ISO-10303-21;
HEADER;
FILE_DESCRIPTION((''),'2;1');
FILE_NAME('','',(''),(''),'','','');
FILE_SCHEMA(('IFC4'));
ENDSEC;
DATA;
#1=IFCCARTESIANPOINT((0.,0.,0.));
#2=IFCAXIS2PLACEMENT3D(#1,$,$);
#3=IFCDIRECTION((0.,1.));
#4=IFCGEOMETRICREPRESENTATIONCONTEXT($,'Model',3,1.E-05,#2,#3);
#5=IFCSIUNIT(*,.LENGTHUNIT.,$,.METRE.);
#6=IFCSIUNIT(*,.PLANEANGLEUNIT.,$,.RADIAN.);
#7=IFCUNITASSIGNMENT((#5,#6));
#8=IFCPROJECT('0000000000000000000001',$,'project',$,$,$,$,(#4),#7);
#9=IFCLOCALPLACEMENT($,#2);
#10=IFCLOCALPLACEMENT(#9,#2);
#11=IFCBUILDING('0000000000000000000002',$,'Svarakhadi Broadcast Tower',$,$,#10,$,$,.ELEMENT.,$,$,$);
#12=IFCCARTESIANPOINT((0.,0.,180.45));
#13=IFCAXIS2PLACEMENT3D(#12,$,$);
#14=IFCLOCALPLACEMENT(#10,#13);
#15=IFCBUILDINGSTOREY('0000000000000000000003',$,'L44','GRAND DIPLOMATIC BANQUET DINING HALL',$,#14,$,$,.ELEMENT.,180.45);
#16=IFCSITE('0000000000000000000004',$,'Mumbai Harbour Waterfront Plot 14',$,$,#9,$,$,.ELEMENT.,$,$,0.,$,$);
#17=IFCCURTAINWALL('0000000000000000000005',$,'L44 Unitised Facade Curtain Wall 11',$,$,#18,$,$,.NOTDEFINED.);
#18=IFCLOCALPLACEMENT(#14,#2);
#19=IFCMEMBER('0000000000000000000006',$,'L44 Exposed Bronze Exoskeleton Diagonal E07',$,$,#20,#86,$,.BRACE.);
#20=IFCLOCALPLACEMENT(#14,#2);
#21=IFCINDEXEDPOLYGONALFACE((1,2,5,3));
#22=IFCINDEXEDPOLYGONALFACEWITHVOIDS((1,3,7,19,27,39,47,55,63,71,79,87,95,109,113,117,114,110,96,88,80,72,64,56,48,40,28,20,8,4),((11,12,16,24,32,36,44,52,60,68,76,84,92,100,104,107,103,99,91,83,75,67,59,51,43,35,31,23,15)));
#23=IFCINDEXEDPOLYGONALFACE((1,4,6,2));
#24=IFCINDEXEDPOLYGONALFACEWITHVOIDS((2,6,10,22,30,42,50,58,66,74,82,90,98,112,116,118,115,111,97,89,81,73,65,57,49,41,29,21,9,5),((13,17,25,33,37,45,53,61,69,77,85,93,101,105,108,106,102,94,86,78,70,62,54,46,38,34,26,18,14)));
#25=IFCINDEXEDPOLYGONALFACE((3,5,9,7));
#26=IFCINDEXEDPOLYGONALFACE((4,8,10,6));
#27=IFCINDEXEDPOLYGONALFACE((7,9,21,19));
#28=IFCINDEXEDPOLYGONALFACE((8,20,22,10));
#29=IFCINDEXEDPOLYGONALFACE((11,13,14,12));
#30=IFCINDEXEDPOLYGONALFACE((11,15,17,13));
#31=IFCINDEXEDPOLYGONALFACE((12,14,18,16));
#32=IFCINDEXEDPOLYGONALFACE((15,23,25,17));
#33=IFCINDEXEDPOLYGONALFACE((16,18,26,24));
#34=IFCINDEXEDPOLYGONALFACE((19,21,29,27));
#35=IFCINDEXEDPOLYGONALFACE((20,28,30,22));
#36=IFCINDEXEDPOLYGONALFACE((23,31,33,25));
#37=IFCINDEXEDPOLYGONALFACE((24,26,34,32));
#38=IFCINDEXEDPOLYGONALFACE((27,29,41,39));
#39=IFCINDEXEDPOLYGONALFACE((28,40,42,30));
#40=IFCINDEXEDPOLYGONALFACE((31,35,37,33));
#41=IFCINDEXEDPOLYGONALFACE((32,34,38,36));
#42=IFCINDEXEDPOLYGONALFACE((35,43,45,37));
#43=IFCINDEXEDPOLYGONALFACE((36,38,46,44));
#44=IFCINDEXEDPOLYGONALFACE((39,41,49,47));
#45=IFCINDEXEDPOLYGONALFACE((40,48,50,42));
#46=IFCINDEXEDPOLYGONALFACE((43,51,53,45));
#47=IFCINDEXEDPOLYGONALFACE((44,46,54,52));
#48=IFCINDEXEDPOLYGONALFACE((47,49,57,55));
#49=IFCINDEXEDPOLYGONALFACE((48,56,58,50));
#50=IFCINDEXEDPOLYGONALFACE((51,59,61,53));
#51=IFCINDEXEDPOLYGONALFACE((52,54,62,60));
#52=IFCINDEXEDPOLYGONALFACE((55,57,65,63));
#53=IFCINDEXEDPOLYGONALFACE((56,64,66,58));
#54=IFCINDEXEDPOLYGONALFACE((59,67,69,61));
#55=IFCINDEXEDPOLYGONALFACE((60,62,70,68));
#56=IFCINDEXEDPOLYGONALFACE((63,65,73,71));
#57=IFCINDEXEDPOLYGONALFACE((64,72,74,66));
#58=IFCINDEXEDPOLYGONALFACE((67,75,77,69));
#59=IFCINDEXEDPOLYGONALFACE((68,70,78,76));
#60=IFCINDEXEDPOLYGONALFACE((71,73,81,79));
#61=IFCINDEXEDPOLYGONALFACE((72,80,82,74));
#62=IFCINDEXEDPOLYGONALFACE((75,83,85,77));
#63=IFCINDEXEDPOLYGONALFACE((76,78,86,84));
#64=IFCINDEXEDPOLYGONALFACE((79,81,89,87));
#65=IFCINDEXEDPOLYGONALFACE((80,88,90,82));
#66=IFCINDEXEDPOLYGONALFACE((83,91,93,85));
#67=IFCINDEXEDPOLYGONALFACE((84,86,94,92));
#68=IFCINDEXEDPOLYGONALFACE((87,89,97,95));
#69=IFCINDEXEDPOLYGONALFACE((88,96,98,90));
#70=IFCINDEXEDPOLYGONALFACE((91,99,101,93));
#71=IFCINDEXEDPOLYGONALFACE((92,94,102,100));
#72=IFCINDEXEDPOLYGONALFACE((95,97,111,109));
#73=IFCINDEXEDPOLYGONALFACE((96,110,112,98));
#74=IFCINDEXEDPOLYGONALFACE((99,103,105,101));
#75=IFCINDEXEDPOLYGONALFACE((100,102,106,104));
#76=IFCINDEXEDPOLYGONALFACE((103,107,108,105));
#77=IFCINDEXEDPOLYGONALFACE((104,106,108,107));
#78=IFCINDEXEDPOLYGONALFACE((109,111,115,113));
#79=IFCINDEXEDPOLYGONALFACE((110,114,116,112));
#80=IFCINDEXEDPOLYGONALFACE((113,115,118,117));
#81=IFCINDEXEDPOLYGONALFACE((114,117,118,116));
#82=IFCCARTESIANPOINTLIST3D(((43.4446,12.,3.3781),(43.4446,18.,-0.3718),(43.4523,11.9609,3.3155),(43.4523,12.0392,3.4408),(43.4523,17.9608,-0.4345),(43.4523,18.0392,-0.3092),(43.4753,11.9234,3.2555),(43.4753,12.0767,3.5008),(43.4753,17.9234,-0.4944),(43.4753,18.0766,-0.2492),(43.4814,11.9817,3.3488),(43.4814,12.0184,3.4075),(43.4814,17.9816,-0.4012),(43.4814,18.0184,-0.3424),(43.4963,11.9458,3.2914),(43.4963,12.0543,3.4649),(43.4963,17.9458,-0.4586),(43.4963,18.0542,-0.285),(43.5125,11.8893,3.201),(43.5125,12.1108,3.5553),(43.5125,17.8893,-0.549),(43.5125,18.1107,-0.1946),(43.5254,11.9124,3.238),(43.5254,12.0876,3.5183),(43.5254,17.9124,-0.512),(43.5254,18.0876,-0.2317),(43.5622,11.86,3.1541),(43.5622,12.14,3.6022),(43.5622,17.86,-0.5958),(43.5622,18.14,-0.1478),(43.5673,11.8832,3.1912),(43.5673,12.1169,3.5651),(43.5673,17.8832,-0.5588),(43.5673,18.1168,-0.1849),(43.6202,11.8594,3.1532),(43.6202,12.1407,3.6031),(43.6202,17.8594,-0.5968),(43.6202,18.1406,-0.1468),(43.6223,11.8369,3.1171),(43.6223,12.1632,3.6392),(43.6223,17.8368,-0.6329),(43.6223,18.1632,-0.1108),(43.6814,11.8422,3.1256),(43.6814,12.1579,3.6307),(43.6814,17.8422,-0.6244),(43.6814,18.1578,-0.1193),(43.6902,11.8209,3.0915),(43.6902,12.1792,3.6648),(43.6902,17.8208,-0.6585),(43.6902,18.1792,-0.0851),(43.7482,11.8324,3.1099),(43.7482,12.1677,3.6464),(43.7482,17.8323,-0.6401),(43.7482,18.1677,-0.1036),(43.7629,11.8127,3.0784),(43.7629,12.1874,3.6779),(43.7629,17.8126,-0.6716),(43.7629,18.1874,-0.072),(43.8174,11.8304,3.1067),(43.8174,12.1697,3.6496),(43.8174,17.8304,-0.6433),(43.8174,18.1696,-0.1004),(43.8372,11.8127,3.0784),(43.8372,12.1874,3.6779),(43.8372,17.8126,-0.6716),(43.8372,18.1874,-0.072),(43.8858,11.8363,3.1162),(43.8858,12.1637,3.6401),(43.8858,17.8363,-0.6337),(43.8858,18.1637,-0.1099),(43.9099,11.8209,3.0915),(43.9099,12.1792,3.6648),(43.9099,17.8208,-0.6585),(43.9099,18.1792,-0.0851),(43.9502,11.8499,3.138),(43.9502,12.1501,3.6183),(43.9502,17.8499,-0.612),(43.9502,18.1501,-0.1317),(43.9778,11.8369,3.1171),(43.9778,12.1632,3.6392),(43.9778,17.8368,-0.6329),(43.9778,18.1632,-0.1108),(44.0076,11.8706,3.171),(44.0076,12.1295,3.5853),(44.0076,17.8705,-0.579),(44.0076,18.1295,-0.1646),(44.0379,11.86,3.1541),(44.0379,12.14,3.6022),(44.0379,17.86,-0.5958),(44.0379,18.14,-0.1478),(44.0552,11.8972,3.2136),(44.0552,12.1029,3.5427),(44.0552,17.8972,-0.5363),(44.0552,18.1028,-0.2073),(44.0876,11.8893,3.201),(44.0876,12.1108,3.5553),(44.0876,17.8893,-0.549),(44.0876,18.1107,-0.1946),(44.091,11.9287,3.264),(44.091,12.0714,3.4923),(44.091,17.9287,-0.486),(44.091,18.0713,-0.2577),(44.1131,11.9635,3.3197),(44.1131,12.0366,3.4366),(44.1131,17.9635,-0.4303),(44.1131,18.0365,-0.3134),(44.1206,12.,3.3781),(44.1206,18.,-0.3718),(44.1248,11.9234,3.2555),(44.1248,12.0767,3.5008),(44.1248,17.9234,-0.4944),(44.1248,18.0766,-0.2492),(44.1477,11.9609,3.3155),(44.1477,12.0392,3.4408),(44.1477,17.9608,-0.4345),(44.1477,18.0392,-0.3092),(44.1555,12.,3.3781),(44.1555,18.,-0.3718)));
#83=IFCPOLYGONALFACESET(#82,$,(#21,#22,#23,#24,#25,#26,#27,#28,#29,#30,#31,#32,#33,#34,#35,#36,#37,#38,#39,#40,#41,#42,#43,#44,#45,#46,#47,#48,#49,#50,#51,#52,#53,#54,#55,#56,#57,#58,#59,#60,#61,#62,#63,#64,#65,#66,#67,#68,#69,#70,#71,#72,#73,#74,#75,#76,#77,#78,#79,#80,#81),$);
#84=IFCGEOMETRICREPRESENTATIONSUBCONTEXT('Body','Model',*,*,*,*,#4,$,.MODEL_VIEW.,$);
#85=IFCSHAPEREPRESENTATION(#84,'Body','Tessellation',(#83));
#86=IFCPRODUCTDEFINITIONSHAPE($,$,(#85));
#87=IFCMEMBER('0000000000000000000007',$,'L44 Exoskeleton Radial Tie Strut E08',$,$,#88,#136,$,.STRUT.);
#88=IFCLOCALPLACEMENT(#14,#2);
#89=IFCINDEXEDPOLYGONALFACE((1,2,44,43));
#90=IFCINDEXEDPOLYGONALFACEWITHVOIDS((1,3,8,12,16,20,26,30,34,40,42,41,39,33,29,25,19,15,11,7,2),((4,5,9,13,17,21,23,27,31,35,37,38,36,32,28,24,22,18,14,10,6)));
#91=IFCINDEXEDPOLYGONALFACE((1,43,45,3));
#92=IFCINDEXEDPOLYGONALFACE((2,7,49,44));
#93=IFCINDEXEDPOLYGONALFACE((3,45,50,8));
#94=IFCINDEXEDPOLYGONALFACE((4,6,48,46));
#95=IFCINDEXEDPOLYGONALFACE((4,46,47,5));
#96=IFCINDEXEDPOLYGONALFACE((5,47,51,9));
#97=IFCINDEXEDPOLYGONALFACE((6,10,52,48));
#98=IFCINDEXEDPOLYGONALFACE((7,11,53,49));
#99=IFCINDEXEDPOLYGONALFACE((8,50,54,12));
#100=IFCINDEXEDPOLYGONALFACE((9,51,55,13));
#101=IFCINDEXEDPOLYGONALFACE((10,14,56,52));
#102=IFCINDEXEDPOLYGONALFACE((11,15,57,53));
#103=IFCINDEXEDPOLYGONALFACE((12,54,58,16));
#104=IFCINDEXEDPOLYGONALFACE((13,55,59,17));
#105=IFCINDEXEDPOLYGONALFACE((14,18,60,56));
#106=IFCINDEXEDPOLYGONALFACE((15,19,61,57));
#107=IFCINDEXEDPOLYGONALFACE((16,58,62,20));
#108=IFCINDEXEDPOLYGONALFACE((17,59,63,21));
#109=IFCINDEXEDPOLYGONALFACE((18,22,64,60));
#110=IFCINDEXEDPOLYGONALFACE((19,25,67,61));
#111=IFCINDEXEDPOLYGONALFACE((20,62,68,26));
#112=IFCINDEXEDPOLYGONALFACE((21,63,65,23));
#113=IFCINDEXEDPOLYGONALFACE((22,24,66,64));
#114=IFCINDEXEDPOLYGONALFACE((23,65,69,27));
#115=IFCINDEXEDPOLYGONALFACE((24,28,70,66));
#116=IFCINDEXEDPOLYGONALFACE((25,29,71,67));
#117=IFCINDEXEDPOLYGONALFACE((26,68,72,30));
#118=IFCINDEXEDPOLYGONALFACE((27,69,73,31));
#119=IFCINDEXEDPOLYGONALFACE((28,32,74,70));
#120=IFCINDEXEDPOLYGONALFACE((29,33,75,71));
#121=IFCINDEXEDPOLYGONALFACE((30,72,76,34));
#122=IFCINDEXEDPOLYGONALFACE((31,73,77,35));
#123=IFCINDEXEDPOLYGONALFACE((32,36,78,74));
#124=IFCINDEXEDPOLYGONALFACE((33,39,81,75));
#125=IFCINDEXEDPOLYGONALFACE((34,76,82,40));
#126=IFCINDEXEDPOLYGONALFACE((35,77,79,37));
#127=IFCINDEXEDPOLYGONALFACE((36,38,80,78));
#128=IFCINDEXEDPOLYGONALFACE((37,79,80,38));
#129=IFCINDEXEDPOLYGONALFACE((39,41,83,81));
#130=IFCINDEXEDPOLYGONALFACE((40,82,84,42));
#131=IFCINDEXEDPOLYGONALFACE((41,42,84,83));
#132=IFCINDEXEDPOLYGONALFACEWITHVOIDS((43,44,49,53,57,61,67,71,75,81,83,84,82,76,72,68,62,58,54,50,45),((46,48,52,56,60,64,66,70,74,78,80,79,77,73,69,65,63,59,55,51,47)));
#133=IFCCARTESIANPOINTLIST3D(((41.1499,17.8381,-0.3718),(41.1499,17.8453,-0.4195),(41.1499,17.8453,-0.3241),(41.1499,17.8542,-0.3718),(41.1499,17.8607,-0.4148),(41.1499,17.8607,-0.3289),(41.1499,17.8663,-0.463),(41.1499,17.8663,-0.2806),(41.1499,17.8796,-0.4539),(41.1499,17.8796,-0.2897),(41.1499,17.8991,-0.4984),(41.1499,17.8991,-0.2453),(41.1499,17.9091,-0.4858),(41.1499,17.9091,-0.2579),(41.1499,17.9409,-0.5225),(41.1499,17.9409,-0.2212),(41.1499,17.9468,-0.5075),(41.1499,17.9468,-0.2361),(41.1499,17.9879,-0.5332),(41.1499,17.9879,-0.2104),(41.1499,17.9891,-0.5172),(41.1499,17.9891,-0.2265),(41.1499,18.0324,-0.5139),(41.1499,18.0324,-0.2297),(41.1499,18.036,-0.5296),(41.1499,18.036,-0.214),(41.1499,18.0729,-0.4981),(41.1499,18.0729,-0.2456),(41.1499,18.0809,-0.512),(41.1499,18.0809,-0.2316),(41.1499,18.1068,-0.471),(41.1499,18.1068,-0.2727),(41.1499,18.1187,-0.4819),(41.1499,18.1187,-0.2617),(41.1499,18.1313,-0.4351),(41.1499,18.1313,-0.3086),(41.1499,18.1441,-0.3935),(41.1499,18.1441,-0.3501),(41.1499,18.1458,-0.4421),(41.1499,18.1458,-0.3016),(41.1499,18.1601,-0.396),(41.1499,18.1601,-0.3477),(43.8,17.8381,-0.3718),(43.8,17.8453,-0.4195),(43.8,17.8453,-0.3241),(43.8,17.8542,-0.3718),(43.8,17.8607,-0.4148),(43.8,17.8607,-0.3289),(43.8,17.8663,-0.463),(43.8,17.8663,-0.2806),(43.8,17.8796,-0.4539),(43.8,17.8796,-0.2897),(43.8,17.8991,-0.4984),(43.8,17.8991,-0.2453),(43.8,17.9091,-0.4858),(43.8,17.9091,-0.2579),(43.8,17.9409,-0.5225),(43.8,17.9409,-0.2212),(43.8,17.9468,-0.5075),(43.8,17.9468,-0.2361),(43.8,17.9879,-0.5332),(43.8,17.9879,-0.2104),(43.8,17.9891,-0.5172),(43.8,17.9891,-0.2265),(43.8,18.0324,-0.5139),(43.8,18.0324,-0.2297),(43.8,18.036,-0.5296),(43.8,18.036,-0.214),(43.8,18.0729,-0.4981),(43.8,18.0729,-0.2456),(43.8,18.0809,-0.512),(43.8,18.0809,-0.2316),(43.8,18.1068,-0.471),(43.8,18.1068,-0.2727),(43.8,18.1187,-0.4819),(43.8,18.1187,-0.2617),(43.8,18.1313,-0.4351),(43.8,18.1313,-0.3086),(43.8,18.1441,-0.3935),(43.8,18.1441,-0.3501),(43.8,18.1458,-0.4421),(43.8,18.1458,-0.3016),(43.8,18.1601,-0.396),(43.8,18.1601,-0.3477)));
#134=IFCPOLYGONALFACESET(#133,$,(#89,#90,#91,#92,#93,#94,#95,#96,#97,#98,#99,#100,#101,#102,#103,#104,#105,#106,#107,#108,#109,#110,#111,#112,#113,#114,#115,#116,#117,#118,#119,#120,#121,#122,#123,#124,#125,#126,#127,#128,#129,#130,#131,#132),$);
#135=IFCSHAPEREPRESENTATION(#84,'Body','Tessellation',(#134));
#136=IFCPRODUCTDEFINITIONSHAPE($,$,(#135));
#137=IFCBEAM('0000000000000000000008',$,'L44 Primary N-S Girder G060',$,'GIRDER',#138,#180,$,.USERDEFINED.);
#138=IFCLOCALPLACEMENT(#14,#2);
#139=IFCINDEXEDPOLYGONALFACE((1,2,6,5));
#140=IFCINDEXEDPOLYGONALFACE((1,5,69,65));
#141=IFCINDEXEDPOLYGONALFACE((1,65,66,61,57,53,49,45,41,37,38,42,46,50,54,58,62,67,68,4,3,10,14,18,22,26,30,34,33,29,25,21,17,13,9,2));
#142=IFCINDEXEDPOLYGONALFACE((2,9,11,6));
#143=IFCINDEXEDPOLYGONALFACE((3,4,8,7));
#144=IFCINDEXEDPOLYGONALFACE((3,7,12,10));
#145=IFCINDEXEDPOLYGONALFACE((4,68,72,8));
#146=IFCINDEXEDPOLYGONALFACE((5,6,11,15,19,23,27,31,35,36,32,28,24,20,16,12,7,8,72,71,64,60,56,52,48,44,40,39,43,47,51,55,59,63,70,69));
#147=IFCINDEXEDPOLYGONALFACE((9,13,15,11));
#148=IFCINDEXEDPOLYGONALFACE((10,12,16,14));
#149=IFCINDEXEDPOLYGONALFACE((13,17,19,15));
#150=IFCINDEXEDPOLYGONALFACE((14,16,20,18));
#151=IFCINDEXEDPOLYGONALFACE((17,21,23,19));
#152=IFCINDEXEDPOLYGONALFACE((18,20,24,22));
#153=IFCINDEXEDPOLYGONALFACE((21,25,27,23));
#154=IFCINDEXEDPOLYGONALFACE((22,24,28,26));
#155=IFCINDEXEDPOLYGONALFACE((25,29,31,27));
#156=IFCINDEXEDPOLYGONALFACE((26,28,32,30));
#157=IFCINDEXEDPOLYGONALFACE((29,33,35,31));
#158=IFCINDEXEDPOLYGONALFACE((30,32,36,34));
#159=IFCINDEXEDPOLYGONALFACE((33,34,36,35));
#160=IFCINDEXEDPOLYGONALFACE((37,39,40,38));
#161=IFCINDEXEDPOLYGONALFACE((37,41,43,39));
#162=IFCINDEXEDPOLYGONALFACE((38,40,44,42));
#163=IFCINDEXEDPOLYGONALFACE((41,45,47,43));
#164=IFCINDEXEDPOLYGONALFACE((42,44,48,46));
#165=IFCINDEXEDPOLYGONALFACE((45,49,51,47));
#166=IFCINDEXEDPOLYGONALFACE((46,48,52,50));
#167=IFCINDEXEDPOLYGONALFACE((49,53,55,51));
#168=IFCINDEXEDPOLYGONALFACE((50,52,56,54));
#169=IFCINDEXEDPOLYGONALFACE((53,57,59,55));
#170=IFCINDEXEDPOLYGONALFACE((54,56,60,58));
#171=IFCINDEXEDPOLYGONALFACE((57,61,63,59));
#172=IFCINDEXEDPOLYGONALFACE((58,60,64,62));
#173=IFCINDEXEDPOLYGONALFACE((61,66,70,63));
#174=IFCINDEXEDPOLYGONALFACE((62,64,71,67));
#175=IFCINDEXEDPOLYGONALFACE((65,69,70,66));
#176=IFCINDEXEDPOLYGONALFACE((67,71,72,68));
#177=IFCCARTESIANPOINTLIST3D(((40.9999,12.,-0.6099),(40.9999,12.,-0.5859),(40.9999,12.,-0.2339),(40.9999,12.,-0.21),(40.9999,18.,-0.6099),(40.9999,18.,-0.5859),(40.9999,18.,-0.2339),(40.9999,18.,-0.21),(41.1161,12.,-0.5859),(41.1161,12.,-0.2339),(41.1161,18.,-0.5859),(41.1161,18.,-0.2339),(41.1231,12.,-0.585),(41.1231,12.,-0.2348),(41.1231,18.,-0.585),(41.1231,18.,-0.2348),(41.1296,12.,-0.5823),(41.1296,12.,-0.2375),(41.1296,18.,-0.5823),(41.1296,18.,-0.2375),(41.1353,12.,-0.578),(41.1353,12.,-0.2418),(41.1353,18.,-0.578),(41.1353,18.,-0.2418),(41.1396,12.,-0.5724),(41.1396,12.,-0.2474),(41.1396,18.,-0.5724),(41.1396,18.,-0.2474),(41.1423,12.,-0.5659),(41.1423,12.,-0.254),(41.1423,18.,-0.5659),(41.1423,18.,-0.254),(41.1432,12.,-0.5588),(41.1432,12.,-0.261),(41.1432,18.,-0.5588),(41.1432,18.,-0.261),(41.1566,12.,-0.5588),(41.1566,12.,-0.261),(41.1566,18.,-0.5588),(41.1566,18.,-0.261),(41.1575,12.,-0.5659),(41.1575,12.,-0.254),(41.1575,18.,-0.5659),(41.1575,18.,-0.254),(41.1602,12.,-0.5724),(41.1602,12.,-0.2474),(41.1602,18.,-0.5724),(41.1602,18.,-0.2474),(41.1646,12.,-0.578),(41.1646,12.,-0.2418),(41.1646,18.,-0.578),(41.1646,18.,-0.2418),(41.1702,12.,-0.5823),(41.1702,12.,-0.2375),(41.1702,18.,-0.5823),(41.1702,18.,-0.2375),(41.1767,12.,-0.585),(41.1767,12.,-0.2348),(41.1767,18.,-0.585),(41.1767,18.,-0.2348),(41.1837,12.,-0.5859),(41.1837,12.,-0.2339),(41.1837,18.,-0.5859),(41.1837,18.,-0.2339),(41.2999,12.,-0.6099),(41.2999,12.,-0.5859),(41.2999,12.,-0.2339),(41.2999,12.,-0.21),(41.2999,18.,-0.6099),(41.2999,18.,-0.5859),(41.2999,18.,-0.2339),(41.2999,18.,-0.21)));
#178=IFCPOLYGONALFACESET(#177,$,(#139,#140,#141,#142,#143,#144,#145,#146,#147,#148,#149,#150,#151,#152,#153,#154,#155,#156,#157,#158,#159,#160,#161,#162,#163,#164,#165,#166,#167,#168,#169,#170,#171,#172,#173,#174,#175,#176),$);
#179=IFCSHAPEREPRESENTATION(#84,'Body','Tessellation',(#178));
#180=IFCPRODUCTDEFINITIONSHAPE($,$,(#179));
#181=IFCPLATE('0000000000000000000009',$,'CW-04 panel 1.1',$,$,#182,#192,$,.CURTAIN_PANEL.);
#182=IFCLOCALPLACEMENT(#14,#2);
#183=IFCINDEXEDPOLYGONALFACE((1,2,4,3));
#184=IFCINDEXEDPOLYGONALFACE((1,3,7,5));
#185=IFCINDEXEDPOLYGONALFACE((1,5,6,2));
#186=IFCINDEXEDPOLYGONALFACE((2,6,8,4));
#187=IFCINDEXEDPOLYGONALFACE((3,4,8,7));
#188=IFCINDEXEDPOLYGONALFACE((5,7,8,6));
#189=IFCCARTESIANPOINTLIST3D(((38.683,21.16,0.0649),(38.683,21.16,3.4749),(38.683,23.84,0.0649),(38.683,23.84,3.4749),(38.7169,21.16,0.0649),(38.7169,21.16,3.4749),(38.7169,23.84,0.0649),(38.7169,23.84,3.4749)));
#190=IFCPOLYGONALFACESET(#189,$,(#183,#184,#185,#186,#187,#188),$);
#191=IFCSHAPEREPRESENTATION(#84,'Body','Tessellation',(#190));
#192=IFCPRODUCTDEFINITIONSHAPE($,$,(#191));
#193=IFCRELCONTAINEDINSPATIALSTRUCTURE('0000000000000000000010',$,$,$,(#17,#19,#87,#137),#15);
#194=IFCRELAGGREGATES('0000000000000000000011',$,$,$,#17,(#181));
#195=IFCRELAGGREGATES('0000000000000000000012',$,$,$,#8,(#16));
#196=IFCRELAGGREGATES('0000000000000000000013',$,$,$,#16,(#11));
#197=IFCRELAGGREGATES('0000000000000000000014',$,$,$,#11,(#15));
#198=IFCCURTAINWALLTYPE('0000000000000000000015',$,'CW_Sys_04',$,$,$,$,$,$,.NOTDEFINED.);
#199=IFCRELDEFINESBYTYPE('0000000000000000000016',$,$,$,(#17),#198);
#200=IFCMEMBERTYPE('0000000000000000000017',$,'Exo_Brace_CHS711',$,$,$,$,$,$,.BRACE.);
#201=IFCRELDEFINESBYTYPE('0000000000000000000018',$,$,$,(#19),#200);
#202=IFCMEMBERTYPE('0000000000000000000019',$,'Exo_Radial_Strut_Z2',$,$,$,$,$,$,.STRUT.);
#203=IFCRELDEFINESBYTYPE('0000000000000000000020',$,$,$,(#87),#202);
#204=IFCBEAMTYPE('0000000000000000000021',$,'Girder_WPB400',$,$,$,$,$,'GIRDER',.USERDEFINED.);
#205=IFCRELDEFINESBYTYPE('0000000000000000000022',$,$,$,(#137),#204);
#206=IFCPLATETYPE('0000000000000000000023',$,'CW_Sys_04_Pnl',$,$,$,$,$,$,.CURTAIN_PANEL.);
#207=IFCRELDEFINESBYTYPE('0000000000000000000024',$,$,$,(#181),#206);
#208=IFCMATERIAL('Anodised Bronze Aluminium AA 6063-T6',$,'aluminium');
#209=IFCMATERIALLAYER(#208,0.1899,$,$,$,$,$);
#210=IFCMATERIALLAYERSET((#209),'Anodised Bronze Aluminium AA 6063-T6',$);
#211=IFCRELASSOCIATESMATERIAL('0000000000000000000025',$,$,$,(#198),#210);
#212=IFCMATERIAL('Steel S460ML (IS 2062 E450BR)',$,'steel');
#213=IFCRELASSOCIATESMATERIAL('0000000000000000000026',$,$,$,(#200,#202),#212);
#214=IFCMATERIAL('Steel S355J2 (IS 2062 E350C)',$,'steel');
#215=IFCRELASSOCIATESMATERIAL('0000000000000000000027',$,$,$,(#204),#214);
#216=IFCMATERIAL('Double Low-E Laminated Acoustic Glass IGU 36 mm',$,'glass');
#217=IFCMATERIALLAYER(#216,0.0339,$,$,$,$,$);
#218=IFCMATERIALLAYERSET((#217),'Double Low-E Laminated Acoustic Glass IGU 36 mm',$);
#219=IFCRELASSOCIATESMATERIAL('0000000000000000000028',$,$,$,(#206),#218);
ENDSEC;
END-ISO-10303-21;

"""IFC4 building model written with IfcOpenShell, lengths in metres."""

from ifc_helpers import new_model, si_unit, direction, frame, origin, origin_2d, place, context, subcontext, project, spatial, rectangle, hollow_circle, i_section, extrude, material, layer, layer_set, material_profile, profile_set, type_object, element, aggregate, save


model = new_model("IFC4")

# Units and contexts
model_context = context("Model", 3, precision=1e-05, world=origin(), true_north=direction((0.0, 1.0)))
body_context = subcontext(model_context, "Body", "Model", "MODEL_VIEW")
ifc_project = project(units=[si_unit("LENGTHUNIT", "METRE"), si_unit("PLANEANGLEUNIT", "RADIAN")], contexts=[model_context])

# Site, building, storey
site_placement = place(None, origin())
site = spatial("IfcSite", under=ifc_project, at=site_placement, Name="Mumbai Harbour Waterfront Plot 14", CompositionType="ELEMENT", RefElevation=0.0)
building_placement = place(site_placement, origin())
building = spatial("IfcBuilding", under=site, at=building_placement, Name="Svarakhadi Broadcast Tower", CompositionType="ELEMENT")
storey_placement = place(building_placement, frame((0.0, 0.0, 180.45)))
storey = spatial("IfcBuildingStorey", under=building, at=storey_placement, Name="L44", Description="GRAND DIPLOMATIC BANQUET DINING HALL", CompositionType="ELEMENT", Elevation=180.45)

# Shared definitions
ifc_material_1 = material(Name="Steel S460ML (IS 2062 E450BR)", Category="steel")

# Shared definitions
ifc_material_2 = material(Name="Anodised Bronze Aluminium AA 6063-T6", Category="aluminium")
ifc_layer_1 = layer(ifc_material_2, 0.1899)
ifc_layer_set_1 = layer_set([ifc_layer_1], Name="Anodised Bronze Aluminium AA 6063-T6")
curtain_wall_type = type_object("IfcCurtainWallType", Name="CW_Sys_04", PredefinedType="NOTDEFINED", material=ifc_layer_set_1)

# Curtain wall
curtain_wall_1_placement = place(storey_placement, origin())
curtain_wall_1 = element("IfcCurtainWall", 1, at=curtain_wall_1_placement, inside=storey, type_object=curtain_wall_type, Name="L44 Unitised Facade Curtain Wall 11", PredefinedType="NOTDEFINED")

# Members
ifc_material_profile_1 = material_profile(ifc_material_1, hollow_circle(Radius=0.3555, WallThickness=0.0349, at=origin_2d()), Name="CHS 711x35")
ifc_profile_set_1 = profile_set([ifc_material_profile_1], Name="Steel S460ML (IS 2062 E450BR)")
member_type_1 = type_object("IfcMemberType", Name="Exo_Brace_CHS711", PredefinedType="BRACE", material=ifc_profile_set_1)
member_1_placement = place(storey_placement, frame((43.8, 18.0, -0.3718), z_axis=(0.0, -0.847998, 0.529999), x_axis=(1.0, 0.0, 0.0)))
element("IfcMember", 2, at=member_1_placement, inside=storey, type_object=member_type_1, Name="L44 Exposed Bronze Exoskeleton Diagonal E07", PredefinedType="BRACE", context=body_context, shape_type="SweptSolid", body=[
    extrude(hollow_circle(Radius=0.3555, WallThickness=0.0349, at=origin_2d()), origin(), (0.0, 0.0, 1.0), 7.0754),
])
ifc_material_profile_2 = material_profile(ifc_material_1, hollow_circle(Radius=0.1619, WallThickness=0.0161, at=origin_2d()), Name="CHS 323.9x16")
ifc_profile_set_2 = profile_set([ifc_material_profile_2], Name="Steel S460ML (IS 2062 E450BR)")
member_type_2 = type_object("IfcMemberType", Name="Exo_Radial_Strut_Z2", PredefinedType="STRUT", material=ifc_profile_set_2)
member_2_placement = place(storey_placement, frame((43.8, 18.0, -0.3718), z_axis=(-1.0, 0.0, 0.0), x_axis=(0.0, -1.0, 0.0)))
element("IfcMember", 3, at=member_2_placement, inside=storey, type_object=member_type_2, Name="L44 Exoskeleton Radial Tie Strut E08", PredefinedType="STRUT", context=body_context, shape_type="SweptSolid", body=[
    extrude(hollow_circle(Radius=0.1619, WallThickness=0.0161, at=origin_2d()), origin(), (0.0, 0.0, 1.0), 2.6501),
])

# Beam
ifc_material_3 = material(Name="Steel S355J2 (IS 2062 E350C)", Category="steel")
ifc_material_profile_3 = material_profile(ifc_material_3, i_section(OverallWidth=0.3, OverallDepth=0.3999, WebThickness=0.0134, FlangeThickness=0.0239, FilletRadius=0.0271, at=origin_2d()), Name="WPB 400x300x155")
ifc_profile_set_3 = profile_set([ifc_material_profile_3], Name="Steel S355J2 (IS 2062 E350C)")
beam_type = type_object("IfcBeamType", Name="Girder_WPB400", ElementType="GIRDER", PredefinedType="USERDEFINED", material=ifc_profile_set_3)
beam_placement = place(storey_placement, frame((41.1499, 12.0, -0.4099), z_axis=(0.0, 1.0, 0.0), x_axis=(-1.0, 0.0, 0.0)))
element("IfcBeam", 4, at=beam_placement, inside=storey, type_object=beam_type, Name="L44 Primary N-S Girder G060", ObjectType="GIRDER", PredefinedType="USERDEFINED", context=body_context, shape_type="SweptSolid", body=[
    extrude(i_section(OverallWidth=0.3, OverallDepth=0.3999, WebThickness=0.0134, FlangeThickness=0.0239, FilletRadius=0.0271, at=origin_2d()), origin(), (0.0, 0.0, 1.0), 6.0),
])

# Plate
ifc_material_4 = material(Name="Double Low-E Laminated Acoustic Glass IGU 36 mm", Category="glass")
ifc_layer_2 = layer(ifc_material_4, 0.0339)
ifc_layer_set_2 = layer_set([ifc_layer_2], Name="Double Low-E Laminated Acoustic Glass IGU 36 mm")
plate_type_1 = type_object("IfcPlateType", Name="CW_Sys_04_Pnl", PredefinedType="CURTAIN_PANEL", material=ifc_layer_set_2)
plate_1_placement = place(storey_placement, frame((38.7, 22.5, 0.0649), z_axis=(0.0, 0.0, 1.0), x_axis=(0.0, -1.0, 0.0)))
plate_1 = element("IfcPlate", 5, at=plate_1_placement, type_object=plate_type_1, Name="CW-04 panel 1.1", PredefinedType="CURTAIN_PANEL", context=body_context, shape_type="SweptSolid", body=[
    extrude(rectangle(XDim=2.6799, YDim=0.0339, at=origin_2d()), origin(), (0.0, 0.0, 1.0), 3.4099),
])
aggregate(curtain_wall_1, [plate_1])

save(model, "model.ifc")
